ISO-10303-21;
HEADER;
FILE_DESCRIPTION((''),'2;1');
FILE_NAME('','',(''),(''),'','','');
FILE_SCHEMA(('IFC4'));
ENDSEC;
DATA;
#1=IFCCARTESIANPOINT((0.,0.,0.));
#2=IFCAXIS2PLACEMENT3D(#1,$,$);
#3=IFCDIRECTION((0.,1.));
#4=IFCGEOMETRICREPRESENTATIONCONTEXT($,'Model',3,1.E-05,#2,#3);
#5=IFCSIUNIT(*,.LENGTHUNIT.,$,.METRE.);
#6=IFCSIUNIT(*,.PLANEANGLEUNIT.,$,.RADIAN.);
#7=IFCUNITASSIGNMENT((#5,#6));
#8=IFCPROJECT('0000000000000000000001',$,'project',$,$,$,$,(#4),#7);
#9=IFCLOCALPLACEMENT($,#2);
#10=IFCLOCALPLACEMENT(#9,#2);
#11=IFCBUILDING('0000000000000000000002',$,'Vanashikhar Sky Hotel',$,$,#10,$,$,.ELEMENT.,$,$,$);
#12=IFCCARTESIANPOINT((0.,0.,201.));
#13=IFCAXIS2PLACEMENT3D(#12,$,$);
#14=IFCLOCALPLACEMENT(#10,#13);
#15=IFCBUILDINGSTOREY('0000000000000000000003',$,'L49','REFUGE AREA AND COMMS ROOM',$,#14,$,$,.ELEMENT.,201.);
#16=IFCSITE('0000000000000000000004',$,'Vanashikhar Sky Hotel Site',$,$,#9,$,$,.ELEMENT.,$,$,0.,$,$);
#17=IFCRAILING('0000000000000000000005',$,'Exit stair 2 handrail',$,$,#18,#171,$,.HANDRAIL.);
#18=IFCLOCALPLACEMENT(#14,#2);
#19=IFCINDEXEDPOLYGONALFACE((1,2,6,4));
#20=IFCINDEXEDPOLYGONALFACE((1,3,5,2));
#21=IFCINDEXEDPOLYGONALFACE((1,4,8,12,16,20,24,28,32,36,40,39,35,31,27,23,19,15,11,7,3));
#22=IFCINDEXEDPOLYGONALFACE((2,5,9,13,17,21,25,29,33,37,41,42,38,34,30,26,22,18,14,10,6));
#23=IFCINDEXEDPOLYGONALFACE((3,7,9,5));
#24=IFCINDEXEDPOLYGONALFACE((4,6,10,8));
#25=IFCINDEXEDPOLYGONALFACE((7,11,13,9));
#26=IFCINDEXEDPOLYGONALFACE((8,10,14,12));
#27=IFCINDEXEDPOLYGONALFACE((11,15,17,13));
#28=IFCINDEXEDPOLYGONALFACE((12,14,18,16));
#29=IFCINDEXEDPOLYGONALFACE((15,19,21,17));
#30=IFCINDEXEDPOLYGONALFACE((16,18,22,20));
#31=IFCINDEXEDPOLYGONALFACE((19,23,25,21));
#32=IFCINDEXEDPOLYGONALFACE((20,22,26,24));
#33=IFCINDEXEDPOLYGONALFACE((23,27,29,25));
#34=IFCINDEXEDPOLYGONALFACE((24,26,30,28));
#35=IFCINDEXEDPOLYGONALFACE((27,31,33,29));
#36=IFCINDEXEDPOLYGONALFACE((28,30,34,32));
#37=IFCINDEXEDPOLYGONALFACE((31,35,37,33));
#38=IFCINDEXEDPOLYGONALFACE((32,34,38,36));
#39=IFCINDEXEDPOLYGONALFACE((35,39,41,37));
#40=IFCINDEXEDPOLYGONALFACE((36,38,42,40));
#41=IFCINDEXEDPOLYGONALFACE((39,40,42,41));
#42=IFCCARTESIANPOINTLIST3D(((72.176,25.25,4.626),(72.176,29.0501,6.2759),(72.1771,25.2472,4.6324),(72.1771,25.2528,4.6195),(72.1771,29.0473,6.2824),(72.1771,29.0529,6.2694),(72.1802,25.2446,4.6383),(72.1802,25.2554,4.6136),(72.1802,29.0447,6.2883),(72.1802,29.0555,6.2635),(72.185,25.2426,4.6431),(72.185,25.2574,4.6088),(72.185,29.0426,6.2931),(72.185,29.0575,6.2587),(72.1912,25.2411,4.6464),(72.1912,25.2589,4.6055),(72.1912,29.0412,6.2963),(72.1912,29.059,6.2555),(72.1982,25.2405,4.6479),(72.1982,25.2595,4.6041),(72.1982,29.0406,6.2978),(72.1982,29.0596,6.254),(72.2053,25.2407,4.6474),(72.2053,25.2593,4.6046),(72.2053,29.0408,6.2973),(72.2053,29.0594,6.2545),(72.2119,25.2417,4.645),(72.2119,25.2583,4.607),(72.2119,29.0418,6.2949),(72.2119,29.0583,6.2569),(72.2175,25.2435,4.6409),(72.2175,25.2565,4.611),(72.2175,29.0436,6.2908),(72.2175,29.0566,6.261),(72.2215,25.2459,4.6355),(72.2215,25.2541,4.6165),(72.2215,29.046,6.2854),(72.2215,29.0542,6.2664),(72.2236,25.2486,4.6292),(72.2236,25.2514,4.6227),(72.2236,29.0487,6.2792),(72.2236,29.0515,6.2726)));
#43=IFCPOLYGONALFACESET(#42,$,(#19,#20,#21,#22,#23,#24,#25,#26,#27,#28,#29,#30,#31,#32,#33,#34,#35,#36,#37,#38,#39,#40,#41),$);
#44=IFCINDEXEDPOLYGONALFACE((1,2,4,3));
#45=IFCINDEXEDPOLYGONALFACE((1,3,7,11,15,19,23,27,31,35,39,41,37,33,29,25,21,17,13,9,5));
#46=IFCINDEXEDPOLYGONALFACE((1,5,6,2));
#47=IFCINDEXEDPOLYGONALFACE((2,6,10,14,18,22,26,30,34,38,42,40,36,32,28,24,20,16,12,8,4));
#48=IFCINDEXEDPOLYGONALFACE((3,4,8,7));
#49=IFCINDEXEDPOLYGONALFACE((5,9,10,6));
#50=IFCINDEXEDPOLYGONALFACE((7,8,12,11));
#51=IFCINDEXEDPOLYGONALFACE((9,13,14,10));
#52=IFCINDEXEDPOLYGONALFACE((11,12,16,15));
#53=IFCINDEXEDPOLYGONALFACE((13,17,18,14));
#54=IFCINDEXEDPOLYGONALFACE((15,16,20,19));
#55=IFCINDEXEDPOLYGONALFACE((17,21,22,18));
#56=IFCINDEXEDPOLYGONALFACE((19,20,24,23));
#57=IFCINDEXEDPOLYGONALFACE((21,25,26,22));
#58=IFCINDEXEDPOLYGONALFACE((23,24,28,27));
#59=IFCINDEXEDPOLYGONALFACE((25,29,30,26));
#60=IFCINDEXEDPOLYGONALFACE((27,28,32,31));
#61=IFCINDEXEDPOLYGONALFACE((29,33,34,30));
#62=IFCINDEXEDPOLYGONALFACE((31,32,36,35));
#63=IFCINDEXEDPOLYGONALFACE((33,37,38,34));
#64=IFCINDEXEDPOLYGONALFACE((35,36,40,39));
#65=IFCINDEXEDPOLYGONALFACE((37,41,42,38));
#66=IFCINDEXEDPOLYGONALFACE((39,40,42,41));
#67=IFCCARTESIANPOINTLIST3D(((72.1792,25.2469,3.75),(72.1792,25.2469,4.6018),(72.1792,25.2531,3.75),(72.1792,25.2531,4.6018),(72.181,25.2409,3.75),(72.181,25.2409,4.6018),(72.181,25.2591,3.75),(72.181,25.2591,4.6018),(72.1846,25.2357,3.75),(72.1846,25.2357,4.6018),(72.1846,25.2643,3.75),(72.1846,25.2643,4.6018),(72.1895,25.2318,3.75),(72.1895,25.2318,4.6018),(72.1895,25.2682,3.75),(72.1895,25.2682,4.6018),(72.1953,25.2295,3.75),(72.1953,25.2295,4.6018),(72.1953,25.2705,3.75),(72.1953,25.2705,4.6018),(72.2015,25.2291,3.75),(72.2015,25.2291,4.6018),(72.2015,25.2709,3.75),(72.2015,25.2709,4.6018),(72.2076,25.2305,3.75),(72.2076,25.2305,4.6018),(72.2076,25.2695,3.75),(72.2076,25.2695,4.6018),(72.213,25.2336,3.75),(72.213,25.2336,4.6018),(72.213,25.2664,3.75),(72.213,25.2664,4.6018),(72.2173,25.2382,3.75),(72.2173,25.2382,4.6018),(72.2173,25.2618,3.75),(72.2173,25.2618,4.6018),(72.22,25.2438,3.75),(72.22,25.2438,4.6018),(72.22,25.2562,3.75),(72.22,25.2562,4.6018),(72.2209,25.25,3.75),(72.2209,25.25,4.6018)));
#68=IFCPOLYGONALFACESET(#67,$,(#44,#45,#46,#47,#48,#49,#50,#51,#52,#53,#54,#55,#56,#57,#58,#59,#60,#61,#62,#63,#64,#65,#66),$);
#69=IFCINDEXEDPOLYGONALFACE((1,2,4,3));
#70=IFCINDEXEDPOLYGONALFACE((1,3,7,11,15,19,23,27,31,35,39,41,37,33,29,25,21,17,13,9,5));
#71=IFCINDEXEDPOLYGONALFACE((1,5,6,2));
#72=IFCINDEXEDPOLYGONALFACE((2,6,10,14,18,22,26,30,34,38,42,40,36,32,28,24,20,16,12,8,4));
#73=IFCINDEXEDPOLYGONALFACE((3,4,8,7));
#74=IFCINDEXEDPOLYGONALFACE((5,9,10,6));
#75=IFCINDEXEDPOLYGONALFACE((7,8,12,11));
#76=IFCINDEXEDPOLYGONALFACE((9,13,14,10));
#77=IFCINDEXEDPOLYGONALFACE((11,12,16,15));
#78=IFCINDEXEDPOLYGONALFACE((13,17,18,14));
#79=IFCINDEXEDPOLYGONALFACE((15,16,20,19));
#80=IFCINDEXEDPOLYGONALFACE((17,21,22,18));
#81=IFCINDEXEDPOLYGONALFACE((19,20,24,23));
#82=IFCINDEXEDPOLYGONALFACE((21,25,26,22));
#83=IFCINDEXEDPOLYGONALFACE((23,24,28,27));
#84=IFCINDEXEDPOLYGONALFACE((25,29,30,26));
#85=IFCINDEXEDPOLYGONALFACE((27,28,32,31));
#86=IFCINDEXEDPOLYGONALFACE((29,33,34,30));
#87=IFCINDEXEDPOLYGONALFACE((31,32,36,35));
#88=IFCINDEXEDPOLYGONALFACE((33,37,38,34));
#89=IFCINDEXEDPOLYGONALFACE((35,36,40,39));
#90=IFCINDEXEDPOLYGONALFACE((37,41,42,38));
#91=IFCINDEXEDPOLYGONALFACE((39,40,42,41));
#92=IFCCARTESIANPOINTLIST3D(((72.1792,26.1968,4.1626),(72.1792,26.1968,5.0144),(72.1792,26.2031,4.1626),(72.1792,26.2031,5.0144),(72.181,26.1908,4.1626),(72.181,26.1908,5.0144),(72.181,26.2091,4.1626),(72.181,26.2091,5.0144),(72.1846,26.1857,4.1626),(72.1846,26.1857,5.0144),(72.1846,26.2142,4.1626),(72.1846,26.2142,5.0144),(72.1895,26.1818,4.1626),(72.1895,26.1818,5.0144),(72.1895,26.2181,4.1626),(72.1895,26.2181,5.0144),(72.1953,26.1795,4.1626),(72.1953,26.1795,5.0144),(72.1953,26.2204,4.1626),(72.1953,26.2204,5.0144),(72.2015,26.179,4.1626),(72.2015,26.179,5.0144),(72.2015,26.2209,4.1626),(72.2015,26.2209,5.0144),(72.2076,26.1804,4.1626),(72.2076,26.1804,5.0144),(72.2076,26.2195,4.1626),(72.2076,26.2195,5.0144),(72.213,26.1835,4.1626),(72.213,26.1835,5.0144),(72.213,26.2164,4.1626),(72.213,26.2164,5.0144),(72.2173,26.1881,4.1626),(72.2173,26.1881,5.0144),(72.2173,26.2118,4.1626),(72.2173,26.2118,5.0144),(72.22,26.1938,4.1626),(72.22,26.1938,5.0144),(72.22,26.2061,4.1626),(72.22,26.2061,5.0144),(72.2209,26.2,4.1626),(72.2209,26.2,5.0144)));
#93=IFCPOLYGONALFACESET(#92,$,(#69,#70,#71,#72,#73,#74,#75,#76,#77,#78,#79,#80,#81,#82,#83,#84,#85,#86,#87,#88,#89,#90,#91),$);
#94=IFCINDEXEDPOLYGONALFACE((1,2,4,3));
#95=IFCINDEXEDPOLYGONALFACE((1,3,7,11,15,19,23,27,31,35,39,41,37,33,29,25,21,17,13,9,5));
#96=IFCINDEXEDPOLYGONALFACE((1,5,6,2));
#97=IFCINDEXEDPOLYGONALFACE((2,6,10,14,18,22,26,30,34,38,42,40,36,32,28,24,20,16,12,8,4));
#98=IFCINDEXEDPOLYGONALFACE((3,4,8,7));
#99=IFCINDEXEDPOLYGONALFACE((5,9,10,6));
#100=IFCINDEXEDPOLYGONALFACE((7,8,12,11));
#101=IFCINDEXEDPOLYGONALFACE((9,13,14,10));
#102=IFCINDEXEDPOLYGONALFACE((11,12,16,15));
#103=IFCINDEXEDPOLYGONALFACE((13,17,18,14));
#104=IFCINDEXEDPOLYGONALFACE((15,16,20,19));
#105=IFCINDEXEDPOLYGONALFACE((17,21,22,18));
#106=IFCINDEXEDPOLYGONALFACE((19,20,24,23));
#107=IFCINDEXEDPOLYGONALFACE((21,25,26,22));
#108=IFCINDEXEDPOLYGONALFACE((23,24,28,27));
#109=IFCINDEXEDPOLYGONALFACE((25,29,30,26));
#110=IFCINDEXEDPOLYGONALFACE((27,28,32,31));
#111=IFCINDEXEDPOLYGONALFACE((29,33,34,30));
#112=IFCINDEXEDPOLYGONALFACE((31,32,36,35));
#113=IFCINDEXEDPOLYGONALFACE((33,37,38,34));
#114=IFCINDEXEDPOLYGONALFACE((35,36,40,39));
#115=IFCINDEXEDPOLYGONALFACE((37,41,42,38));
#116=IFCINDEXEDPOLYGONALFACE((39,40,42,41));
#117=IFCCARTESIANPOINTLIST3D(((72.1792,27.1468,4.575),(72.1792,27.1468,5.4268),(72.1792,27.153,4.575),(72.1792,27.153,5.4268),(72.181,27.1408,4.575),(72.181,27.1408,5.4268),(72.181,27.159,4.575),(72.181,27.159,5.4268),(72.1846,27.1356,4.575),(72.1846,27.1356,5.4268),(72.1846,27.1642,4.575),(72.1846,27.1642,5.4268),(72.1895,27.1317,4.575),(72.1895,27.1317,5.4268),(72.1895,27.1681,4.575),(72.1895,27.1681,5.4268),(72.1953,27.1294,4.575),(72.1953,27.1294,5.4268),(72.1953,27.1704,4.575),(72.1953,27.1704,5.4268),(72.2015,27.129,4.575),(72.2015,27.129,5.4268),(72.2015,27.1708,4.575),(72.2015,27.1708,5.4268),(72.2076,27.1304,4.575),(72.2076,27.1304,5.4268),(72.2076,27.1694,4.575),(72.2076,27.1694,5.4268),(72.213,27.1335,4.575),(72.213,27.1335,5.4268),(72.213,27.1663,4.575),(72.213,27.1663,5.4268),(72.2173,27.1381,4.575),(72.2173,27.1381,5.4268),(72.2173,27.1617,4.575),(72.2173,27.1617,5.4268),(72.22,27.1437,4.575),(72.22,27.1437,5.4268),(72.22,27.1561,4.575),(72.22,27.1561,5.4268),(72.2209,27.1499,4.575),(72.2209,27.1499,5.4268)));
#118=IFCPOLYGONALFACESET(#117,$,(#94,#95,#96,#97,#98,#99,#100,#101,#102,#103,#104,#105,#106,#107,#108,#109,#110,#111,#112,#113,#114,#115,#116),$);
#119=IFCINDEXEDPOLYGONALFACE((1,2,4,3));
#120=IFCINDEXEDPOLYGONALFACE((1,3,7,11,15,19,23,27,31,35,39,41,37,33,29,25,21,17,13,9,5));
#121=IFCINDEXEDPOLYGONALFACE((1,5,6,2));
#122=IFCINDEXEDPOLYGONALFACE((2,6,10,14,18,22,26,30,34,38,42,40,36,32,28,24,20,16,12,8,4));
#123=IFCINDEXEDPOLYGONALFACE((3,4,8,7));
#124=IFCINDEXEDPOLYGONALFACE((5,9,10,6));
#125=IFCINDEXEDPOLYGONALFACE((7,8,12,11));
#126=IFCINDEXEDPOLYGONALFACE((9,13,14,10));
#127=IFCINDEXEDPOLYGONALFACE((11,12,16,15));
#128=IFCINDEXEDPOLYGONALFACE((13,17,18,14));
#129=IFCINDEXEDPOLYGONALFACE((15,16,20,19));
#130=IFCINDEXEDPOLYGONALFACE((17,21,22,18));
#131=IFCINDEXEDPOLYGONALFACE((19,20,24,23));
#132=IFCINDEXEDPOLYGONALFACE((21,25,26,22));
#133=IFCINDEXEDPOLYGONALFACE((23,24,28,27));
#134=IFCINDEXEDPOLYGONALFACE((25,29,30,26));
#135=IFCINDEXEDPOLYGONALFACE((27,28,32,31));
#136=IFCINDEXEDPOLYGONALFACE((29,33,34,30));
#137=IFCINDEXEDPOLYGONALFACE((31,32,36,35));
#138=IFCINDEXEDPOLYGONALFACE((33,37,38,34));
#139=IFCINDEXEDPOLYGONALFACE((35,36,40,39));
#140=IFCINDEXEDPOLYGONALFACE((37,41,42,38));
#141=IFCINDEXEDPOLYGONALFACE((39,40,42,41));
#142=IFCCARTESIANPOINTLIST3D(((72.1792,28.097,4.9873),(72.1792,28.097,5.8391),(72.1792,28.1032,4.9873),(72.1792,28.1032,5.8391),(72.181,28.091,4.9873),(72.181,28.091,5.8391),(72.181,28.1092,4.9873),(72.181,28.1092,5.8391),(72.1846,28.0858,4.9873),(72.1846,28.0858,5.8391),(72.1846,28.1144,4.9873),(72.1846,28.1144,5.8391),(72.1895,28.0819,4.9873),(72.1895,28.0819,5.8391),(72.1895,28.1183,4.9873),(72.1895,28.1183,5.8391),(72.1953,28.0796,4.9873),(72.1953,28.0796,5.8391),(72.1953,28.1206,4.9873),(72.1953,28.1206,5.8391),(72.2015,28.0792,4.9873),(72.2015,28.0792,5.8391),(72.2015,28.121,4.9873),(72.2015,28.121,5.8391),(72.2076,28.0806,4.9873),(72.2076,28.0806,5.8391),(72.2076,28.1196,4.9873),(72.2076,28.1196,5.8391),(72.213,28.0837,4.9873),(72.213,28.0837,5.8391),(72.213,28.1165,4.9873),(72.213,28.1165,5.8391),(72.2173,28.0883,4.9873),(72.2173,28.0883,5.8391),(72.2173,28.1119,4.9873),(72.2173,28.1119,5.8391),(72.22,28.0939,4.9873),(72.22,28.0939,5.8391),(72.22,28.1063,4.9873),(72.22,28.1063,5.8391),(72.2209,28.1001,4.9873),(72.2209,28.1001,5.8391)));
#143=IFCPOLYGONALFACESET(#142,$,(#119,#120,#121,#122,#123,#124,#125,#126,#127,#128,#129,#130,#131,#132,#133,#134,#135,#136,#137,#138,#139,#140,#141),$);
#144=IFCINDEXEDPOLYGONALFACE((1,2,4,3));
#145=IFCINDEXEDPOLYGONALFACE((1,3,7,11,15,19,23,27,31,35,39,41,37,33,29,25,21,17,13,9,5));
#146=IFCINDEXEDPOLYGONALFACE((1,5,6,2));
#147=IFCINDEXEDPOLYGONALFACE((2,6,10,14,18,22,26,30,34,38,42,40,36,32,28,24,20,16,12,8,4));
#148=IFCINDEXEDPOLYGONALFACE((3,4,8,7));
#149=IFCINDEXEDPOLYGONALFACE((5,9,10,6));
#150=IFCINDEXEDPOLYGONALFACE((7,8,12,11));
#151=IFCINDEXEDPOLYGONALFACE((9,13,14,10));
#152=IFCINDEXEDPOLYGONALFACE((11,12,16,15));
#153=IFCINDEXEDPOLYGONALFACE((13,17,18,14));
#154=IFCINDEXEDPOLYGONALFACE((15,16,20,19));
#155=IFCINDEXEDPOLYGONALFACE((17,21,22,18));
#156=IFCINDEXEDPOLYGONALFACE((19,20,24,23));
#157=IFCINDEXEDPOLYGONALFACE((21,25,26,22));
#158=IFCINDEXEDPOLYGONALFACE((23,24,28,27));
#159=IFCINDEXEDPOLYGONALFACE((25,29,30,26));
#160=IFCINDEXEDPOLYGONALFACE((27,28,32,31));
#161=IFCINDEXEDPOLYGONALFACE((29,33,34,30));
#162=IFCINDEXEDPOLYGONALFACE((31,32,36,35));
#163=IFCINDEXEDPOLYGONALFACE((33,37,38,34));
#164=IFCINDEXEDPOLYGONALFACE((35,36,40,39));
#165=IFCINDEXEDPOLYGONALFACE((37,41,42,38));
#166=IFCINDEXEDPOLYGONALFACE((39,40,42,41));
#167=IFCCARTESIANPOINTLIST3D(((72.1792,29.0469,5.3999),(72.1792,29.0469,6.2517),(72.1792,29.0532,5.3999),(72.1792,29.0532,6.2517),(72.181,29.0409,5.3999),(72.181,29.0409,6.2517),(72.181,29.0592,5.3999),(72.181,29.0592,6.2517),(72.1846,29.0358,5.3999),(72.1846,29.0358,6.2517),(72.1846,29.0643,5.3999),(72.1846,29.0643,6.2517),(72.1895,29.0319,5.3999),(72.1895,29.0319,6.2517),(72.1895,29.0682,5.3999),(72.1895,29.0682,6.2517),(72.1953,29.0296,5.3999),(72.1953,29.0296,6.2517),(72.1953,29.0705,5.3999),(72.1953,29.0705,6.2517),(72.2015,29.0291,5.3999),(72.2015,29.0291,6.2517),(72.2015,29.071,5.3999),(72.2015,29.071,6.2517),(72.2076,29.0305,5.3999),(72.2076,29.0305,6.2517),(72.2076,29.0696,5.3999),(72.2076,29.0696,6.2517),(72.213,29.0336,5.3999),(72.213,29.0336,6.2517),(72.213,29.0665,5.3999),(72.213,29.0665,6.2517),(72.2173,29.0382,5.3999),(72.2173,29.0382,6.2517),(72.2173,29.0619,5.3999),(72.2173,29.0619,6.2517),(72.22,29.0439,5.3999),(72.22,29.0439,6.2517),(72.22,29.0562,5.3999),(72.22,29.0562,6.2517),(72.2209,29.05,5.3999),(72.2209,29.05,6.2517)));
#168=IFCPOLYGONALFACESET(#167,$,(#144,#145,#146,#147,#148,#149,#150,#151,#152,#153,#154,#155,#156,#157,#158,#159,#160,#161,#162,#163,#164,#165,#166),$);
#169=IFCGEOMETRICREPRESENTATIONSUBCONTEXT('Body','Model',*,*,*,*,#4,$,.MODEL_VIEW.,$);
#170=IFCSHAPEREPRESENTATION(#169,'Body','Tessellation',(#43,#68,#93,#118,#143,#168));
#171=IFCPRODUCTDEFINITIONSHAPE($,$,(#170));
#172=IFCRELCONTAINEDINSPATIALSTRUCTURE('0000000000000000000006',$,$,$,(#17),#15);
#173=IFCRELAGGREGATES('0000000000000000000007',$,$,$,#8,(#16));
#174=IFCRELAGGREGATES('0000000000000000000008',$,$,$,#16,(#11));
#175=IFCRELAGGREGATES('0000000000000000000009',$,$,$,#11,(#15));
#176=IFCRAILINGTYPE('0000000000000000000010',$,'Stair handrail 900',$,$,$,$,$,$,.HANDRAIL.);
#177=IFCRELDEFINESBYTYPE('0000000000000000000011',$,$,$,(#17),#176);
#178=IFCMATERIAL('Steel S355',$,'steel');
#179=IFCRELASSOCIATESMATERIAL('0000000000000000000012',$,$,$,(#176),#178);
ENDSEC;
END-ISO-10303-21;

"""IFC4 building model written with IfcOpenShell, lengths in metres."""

from ifc_helpers import new_model, si_unit, direction, frame, origin, origin_2d, place, context, subcontext, project, spatial, circle, extrude, source, transform, mapped, material, type_object, element, save


model = new_model("IFC4")

# Units and contexts
model_context = context("Model", 3, precision=1e-05, world=origin(), true_north=direction((0.0, 1.0)))
body_context = subcontext(model_context, "Body", "Model", "MODEL_VIEW")
ifc_project = project(units=[si_unit("LENGTHUNIT", "METRE"), si_unit("PLANEANGLEUNIT", "RADIAN")], contexts=[model_context])

# Site, building, storey
site_placement = place(None, origin())
site = spatial("IfcSite", under=ifc_project, at=site_placement, Name="Vanashikhar Sky Hotel Site", CompositionType="ELEMENT", RefElevation=0.0)
building_placement = place(site_placement, origin())
building = spatial("IfcBuilding", under=site, at=building_placement, Name="Vanashikhar Sky Hotel", CompositionType="ELEMENT")
storey_placement = place(building_placement, frame((0.0, 0.0, 201.0)))
storey = spatial("IfcBuildingStorey", under=building, at=storey_placement, Name="L49", Description="REFUGE AREA AND COMMS ROOM", CompositionType="ELEMENT", Elevation=201.0)

# Railing
ifc_material_1 = material(Name="Steel S355", Category="steel")
railing_type_1 = type_object("IfcRailingType", Name="Stair handrail 900", PredefinedType="HANDRAIL", material=ifc_material_1)
shared_shape_1 = source(origin(), body_context, "Body", "SweptSolid", [
    extrude(circle(Radius=0.0239, at=origin_2d()), frame((0.0, 0.0, 0.876), z_axis=(0.0, 0.917272, 0.398261), x_axis=(-1.0, 0.0, 0.0)), (0.0, 0.0, 1.0), 4.1428),
    extrude(circle(Radius=0.021, at=origin_2d()), origin(), (0.0, 0.0, 1.0), 0.8518),
    extrude(circle(Radius=0.021, at=origin_2d()), frame((0.0, 0.95, 0.4126)), (0.0, 0.0, 1.0), 0.8518),
    extrude(circle(Radius=0.021, at=origin_2d()), frame((0.0, 1.8999, 0.825)), (0.0, 0.0, 1.0), 0.8518),
    extrude(circle(Radius=0.021, at=origin_2d()), frame((0.0, 2.8501, 1.2373)), (0.0, 0.0, 1.0), 0.8518),
    extrude(circle(Radius=0.021, at=origin_2d()), frame((0.0, 3.8, 1.6499)), (0.0, 0.0, 1.0), 0.8518),
])
railing_1_placement = place(storey_placement, frame((72.2, 25.25, 3.75)))
element("IfcRailing", 1, at=railing_1_placement, inside=storey, type_object=railing_type_1, Name="Exit stair 2 handrail", PredefinedType="HANDRAIL", context=body_context, shape_type="MappedRepresentation", body=[
    mapped(shared_shape_1, transform((0.0, 0.0, 0.0), scale=1.0)),
])

save(model, "model.ifc")
